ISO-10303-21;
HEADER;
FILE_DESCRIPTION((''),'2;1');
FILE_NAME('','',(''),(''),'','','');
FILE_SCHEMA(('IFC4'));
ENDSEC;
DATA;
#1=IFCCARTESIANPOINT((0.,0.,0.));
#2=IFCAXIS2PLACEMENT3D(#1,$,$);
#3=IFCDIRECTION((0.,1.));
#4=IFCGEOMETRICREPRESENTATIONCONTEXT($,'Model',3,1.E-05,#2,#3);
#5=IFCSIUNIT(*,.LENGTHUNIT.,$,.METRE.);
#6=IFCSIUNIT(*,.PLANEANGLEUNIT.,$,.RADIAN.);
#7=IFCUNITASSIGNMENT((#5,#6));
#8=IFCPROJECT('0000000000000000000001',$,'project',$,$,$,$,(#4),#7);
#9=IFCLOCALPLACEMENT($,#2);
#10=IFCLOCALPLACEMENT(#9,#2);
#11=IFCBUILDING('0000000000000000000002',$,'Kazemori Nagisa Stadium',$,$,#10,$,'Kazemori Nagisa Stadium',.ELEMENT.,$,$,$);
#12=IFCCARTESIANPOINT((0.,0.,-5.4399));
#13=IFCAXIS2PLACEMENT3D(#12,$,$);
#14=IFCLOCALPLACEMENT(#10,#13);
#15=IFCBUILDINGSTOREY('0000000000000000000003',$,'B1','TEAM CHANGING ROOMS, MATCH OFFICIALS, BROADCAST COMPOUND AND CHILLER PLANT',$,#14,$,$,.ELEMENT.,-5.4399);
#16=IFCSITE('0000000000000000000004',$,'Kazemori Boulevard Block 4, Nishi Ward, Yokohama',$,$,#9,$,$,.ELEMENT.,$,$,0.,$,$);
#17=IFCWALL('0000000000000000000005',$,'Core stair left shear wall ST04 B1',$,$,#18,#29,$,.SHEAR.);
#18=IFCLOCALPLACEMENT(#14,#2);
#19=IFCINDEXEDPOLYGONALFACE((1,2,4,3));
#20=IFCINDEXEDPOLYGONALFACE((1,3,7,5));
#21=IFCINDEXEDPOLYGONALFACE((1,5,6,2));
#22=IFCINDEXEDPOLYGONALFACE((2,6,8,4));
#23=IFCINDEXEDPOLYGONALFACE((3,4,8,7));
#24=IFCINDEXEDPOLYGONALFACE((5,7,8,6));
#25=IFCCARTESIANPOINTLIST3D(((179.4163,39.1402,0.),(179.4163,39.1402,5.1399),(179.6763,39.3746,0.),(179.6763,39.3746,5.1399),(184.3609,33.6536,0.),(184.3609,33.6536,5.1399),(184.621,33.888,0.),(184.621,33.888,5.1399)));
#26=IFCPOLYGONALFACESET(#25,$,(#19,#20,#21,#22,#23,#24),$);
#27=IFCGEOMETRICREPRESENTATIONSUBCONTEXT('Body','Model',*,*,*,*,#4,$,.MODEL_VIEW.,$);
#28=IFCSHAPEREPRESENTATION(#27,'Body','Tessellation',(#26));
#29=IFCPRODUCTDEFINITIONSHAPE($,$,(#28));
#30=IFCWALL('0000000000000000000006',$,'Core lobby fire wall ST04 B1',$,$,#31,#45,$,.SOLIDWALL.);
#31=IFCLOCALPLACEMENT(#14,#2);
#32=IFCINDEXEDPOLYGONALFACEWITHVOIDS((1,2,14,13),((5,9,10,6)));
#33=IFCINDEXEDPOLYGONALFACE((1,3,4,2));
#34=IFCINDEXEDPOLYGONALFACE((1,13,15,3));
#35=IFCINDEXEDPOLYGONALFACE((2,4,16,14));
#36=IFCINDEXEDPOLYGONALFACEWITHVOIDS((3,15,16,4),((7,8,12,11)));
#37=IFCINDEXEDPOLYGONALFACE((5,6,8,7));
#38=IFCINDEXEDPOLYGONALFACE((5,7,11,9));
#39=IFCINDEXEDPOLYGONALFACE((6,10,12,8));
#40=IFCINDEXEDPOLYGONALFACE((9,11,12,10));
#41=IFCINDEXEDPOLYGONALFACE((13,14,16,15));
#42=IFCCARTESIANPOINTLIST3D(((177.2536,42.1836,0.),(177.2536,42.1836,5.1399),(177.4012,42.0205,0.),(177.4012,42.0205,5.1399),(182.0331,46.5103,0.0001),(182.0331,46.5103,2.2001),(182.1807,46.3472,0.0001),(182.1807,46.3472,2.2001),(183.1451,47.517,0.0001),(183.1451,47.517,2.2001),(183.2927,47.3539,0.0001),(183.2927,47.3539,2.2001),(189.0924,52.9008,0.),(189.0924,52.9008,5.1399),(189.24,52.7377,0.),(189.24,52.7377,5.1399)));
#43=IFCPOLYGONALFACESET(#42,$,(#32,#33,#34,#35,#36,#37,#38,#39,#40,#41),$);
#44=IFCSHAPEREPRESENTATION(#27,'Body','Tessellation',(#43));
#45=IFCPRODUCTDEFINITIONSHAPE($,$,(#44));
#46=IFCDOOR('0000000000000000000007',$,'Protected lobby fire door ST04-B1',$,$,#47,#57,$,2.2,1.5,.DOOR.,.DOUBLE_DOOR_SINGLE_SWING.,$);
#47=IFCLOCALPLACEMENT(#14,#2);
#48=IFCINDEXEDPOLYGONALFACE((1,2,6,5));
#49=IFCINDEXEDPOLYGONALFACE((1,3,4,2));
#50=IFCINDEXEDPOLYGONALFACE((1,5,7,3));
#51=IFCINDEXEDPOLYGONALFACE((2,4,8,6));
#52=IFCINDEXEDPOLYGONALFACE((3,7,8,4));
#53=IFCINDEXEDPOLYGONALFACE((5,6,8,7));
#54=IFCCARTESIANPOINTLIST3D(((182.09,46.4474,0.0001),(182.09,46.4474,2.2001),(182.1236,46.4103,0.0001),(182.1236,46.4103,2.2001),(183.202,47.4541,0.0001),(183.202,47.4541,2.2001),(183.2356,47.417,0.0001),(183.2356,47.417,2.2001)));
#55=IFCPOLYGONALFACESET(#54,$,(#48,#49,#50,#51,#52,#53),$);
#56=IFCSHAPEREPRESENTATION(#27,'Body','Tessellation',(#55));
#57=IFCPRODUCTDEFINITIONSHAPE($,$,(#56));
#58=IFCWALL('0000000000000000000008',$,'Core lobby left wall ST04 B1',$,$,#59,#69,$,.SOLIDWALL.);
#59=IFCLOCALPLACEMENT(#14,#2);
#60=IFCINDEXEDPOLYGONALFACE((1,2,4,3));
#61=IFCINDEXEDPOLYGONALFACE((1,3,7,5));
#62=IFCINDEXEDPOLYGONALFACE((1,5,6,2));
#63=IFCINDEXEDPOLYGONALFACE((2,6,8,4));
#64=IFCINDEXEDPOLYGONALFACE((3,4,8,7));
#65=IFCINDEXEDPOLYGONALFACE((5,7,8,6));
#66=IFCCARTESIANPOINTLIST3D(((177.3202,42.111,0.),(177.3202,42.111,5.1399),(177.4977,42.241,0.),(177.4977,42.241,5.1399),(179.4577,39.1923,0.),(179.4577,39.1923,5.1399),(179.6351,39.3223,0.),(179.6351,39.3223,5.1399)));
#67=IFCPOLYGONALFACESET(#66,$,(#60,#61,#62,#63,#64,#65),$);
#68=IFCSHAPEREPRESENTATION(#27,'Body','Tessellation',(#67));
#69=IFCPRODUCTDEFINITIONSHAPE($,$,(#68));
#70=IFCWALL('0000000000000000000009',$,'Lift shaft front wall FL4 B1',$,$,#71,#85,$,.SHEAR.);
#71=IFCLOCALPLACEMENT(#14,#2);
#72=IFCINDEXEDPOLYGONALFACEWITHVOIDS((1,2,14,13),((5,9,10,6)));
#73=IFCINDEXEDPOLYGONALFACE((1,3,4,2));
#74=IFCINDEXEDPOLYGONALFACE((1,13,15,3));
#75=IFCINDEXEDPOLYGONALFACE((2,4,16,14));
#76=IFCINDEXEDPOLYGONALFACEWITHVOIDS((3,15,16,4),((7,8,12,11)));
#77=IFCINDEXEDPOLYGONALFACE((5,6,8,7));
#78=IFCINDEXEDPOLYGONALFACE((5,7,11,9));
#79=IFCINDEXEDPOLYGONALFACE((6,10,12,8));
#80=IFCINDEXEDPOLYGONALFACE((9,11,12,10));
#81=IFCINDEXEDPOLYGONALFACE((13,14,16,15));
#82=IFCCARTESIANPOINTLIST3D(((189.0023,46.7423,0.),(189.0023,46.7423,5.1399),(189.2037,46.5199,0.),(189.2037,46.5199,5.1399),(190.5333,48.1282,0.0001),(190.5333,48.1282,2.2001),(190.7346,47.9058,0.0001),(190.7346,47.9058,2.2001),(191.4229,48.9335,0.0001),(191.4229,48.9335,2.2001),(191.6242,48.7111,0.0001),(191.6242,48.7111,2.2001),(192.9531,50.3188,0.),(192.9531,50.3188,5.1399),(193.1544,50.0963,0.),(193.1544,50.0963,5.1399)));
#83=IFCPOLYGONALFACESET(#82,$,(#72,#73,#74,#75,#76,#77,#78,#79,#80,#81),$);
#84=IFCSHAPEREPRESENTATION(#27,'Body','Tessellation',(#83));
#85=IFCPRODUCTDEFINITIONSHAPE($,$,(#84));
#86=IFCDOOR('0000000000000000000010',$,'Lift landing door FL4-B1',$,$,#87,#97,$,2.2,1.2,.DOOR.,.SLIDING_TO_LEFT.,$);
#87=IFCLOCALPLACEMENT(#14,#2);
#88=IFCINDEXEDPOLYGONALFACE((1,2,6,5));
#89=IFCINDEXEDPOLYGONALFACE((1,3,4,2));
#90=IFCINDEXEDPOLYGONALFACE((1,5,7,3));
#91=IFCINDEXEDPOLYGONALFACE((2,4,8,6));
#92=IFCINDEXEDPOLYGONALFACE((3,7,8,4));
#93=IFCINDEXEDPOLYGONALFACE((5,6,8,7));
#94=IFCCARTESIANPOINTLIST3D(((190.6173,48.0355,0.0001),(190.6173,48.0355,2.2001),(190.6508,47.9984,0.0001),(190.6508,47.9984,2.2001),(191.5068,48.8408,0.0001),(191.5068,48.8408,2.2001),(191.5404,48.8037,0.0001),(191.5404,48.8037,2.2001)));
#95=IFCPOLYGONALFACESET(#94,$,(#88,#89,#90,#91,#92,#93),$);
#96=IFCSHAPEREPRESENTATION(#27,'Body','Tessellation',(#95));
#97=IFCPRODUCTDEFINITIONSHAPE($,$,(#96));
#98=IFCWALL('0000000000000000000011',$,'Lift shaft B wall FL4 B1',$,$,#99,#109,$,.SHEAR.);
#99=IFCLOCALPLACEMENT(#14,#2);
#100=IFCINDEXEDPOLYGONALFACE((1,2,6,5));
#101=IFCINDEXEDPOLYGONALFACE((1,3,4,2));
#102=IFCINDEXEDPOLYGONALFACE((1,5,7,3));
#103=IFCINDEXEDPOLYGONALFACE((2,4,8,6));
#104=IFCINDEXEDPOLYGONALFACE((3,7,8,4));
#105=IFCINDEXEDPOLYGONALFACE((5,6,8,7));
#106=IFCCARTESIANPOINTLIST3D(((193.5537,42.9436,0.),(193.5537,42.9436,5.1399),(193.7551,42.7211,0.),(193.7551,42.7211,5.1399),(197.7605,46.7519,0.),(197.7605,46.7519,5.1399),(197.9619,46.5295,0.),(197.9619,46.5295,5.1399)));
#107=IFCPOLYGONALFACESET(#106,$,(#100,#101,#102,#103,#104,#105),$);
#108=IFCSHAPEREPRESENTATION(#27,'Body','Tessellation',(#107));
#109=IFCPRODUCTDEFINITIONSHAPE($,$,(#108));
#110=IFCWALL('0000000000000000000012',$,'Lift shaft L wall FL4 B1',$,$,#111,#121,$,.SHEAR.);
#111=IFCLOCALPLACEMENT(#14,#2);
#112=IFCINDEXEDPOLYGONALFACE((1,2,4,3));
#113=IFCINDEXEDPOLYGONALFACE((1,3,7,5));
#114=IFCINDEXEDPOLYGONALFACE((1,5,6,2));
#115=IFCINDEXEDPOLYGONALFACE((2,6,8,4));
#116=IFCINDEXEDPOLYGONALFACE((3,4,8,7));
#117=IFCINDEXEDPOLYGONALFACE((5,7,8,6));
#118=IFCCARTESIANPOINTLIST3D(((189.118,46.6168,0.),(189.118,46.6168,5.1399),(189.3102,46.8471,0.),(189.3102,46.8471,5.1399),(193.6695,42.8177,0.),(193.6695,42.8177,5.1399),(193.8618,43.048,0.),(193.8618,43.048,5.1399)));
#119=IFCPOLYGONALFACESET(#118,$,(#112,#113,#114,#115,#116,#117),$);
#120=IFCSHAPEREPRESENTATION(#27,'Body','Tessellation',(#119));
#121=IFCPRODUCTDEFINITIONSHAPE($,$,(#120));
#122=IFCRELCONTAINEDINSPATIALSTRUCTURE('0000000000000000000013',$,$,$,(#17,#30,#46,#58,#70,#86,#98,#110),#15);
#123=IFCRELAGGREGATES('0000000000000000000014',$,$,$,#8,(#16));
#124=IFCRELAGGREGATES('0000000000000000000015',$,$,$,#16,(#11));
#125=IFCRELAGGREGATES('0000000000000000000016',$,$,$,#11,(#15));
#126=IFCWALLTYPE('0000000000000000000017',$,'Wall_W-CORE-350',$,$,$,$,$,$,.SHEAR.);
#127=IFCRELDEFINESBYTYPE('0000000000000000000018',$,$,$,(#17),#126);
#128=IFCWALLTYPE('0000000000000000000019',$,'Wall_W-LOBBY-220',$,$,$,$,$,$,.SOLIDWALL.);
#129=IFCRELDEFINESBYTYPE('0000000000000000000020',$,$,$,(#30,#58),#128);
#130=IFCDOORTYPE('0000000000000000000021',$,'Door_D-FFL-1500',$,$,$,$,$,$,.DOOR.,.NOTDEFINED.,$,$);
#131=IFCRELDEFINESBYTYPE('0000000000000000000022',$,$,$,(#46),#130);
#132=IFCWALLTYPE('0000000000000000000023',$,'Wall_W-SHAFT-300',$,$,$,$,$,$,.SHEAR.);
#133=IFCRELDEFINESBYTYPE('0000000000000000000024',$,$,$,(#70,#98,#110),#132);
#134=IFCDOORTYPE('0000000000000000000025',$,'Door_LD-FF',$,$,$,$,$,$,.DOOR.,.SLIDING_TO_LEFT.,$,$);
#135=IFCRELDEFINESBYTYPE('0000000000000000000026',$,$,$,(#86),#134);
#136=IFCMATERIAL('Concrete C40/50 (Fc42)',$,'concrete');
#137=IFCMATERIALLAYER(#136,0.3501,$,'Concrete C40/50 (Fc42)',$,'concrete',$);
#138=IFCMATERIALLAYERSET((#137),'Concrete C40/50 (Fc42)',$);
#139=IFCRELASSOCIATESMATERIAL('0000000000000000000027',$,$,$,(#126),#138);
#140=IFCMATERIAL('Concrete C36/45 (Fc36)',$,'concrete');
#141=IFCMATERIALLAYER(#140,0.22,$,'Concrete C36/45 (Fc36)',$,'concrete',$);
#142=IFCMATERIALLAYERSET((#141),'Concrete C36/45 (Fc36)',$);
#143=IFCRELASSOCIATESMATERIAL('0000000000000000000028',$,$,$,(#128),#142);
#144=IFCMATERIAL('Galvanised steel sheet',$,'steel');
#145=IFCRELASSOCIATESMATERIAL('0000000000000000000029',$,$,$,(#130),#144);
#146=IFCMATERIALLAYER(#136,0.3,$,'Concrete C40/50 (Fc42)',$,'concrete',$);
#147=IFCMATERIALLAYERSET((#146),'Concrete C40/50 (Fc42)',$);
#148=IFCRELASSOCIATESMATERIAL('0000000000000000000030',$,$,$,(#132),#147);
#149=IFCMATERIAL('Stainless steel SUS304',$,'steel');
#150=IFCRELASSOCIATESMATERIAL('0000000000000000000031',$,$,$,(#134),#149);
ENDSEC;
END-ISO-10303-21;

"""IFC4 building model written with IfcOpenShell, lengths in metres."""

from ifc_helpers import new_model, si_unit, direction, frame, frame_2d, origin, place, context, subcontext, project, spatial, rectangle, extrude, material, layer, layer_set, type_object, element, fill, save


model = new_model("IFC4")

# Units and contexts
model_context = context("Model", 3, precision=1e-05, world=origin(), true_north=direction((0.0, 1.0)))
body_context = subcontext(model_context, "Body", "Model", "MODEL_VIEW")
ifc_project = project(units=[si_unit("LENGTHUNIT", "METRE"), si_unit("PLANEANGLEUNIT", "RADIAN")], contexts=[model_context])

# Site, building, storey
site_placement = place(None, origin())
site = spatial("IfcSite", under=ifc_project, at=site_placement, Name="Kazemori Boulevard Block 4, Nishi Ward, Yokohama", CompositionType="ELEMENT", RefElevation=0.0)
building_placement = place(site_placement, origin())
building = spatial("IfcBuilding", under=site, at=building_placement, Name="Kazemori Nagisa Stadium", LongName="Kazemori Nagisa Stadium", CompositionType="ELEMENT")
storey_placement = place(building_placement, frame((0.0, 0.0, -5.4399)))
storey = spatial("IfcBuildingStorey", under=building, at=storey_placement, Name="B1", Description="TEAM CHANGING ROOMS, MATCH OFFICIALS, BROADCAST COMPOUND AND CHILLER PLANT", CompositionType="ELEMENT", Elevation=-5.4399)

# Shared definitions
ifc_material_1 = material(Name="Concrete C40/50 (Fc42)", Category="concrete")

# Shared definitions
ifc_material_2 = material(Name="Concrete C36/45 (Fc36)", Category="concrete")

# Shared definitions
ifc_layer_1 = layer(ifc_material_1, 0.3501, Name="Concrete C40/50 (Fc42)", Category="concrete")
ifc_layer_set_1 = layer_set([ifc_layer_1], Name="Concrete C40/50 (Fc42)")
wall_type_1 = type_object("IfcWallType", Name="Wall_W-CORE-350", PredefinedType="SHEAR", material=ifc_layer_set_1)
ifc_material_3 = material(Name="Galvanised steel sheet", Category="steel")

# Wall
wall_1_placement = place(storey_placement, frame((179.5464, 39.2573, 0.0), z_axis=(0.0, 0.0, 1.0), x_axis=(0.669463, -0.742845, 0.0)))
element("IfcWall", 1, at=wall_1_placement, inside=storey, type_object=wall_type_1, Name="Core stair left shear wall ST04 B1", PredefinedType="SHEAR", context=body_context, shape_type="SweptSolid", body=[
    extrude(rectangle(XDim=7.386, YDim=0.3501, at=frame_2d((3.6929, 0.0))), origin(), (0.0, 0.0, 1.0), 5.1399),
])

# Wall, opening, door
ifc_layer_2 = layer(ifc_material_2, 0.22, Name="Concrete C36/45 (Fc36)", Category="concrete")
ifc_layer_set_2 = layer_set([ifc_layer_2], Name="Concrete C36/45 (Fc36)")
wall_type_2 = type_object("IfcWallType", Name="Wall_W-LOBBY-220", PredefinedType="SOLIDWALL", material=ifc_layer_set_2)
wall_2_placement = place(storey_placement, frame((177.3274, 42.1021, 0.0), z_axis=(0.0, 0.0, 1.0), x_axis=(0.741351, 0.671117, 0.0)))
wall_2 = element("IfcWall", 2, at=wall_2_placement, inside=storey, type_object=wall_type_2, Name="Core lobby fire wall ST04 B1", PredefinedType="SOLIDWALL", context=body_context, shape_type="SweptSolid", body=[
    extrude(rectangle(XDim=15.9692, YDim=0.22, at=frame_2d((7.9846, 0.0))), origin(), (0.0, 0.0, 1.0), 5.1399),
])
opening_1_placement = place(wall_2_placement, frame((6.447, 0.0, 0.0)))
opening_1 = element("IfcOpeningElement", 3, at=opening_1_placement, cuts=wall_2, PredefinedType="OPENING", context=body_context, shape_type="SweptSolid", body=[
    extrude(rectangle(XDim=1.5, YDim=2.2, at=frame_2d((0.75, 1.1001))), frame((0.0, 0.1199, 0.0), z_axis=(0.0, -1.0, 0.0), x_axis=(1.0, 0.0, 0.0)), (0.0, 0.0, 1.0), 0.24),
])
door_type_1 = type_object("IfcDoorType", Name="Door_D-FFL-1500", OperationType="NOTDEFINED", PredefinedType="DOOR", material=ifc_material_3)
door_1_placement = place(opening_1_placement, frame((1.5, 0.0, 0.0), z_axis=(0.0, 0.0, 1.0), x_axis=(-1.0, 0.0, 0.0)))
door_1 = element("IfcDoor", 4, at=door_1_placement, inside=storey, type_object=door_type_1, Name="Protected lobby fire door ST04-B1", OperationType="DOUBLE_DOOR_SINGLE_SWING", OverallHeight=2.2, OverallWidth=1.5, PredefinedType="DOOR", context=body_context, shape_type="SweptSolid", body=[
    extrude(rectangle(XDim=1.5, YDim=2.2, at=frame_2d((0.75, 1.1001))), frame((0.0, 0.0249, 0.0), z_axis=(0.0, -1.0, 0.0), x_axis=(1.0, 0.0, 0.0)), (0.0, 0.0, 1.0), 0.05),
])
fill(opening_1, door_1)

# Wall
wall_3_placement = place(storey_placement, frame((177.4089, 42.176, 0.0), z_axis=(0.0, 0.0, 1.0), x_axis=(0.590837, -0.806791, 0.0)))
element("IfcWall", 5, at=wall_3_placement, inside=storey, type_object=wall_type_2, Name="Core lobby left wall ST04 B1", PredefinedType="SOLIDWALL", context=body_context, shape_type="SweptSolid", body=[
    extrude(rectangle(XDim=3.6177, YDim=0.22, at=frame_2d((1.8088, 0.0))), origin(), (0.0, 0.0, 1.0), 5.1399),
])

# Wall, opening, door
ifc_layer_3 = layer(ifc_material_1, 0.3, Name="Concrete C40/50 (Fc42)", Category="concrete")
ifc_layer_set_3 = layer_set([ifc_layer_3], Name="Concrete C40/50 (Fc42)")
wall_type_3 = type_object("IfcWallType", Name="Wall_W-SHAFT-300", PredefinedType="SHEAR", material=ifc_layer_set_3)
wall_4_placement = place(storey_placement, frame((189.103, 46.6311, 0.0), z_axis=(0.0, 0.0, 1.0), x_axis=(0.74135, 0.671118, 0.0)))
wall_4 = element("IfcWall", 6, at=wall_4_placement, inside=storey, type_object=wall_type_3, Name="Lift shaft front wall FL4 B1", PredefinedType="SHEAR", context=body_context, shape_type="SweptSolid", body=[
    extrude(rectangle(XDim=5.3291, YDim=0.3, at=frame_2d((2.6646, 0.0))), origin(), (0.0, 0.0, 1.0), 5.1399),
])
opening_2_placement = place(wall_4_placement, frame((2.0649, 0.0, 0.0)))
opening_2 = element("IfcOpeningElement", 7, at=opening_2_placement, cuts=wall_4, PredefinedType="OPENING", context=body_context, shape_type="SweptSolid", body=[
    extrude(rectangle(XDim=1.2, YDim=2.2, at=frame_2d((0.6001, 1.1001))), frame((0.0, 0.1599, 0.0), z_axis=(0.0, -1.0, 0.0), x_axis=(1.0, 0.0, 0.0)), (0.0, 0.0, 1.0), 0.3201),
])
ifc_material_4 = material(Name="Stainless steel SUS304", Category="steel")
door_type_2 = type_object("IfcDoorType", Name="Door_LD-FF", OperationType="SLIDING_TO_LEFT", PredefinedType="DOOR", material=ifc_material_4)
door_2_placement = place(opening_2_placement, origin())
door_2 = element("IfcDoor", 8, at=door_2_placement, inside=storey, type_object=door_type_2, Name="Lift landing door FL4-B1", OperationType="SLIDING_TO_LEFT", OverallHeight=2.2, OverallWidth=1.2, PredefinedType="DOOR", context=body_context, shape_type="SweptSolid", body=[
    extrude(rectangle(XDim=1.2, YDim=2.2, at=frame_2d((0.6001, 1.1001))), frame((0.0, 0.0249, 0.0), z_axis=(0.0, -1.0, 0.0), x_axis=(1.0, 0.0, 0.0)), (0.0, 0.0, 1.0), 0.05),
])
fill(opening_2, door_2)

# Walls
wall_5_placement = place(storey_placement, frame((193.6543, 42.8323, 0.0), z_axis=(0.0, 0.0, 1.0), x_axis=(0.741342, 0.671127, 0.0)))
element("IfcWall", 9, at=wall_5_placement, inside=storey, type_object=wall_type_3, Name="Lift shaft B wall FL4 B1", PredefinedType="SHEAR", context=body_context, shape_type="SweptSolid", body=[
    extrude(rectangle(XDim=5.6746, YDim=0.3, at=frame_2d((2.8374, 0.0))), origin(), (0.0, 0.0, 1.0), 5.1399),
])
wall_6_placement = place(storey_placement, frame((189.2141, 46.7319, 0.0), z_axis=(0.0, 0.0, 1.0), x_axis=(0.767711, -0.640796, 0.0)))
element("IfcWall", 10, at=wall_6_placement, inside=storey, type_object=wall_type_3, Name="Lift shaft L wall FL4 B1", PredefinedType="SHEAR", context=body_context, shape_type="SweptSolid", body=[
    extrude(rectangle(XDim=5.9287, YDim=0.3, at=frame_2d((2.9644, 0.0))), origin(), (0.0, 0.0, 1.0), 5.1399),
])

save(model, "model.ifc")
